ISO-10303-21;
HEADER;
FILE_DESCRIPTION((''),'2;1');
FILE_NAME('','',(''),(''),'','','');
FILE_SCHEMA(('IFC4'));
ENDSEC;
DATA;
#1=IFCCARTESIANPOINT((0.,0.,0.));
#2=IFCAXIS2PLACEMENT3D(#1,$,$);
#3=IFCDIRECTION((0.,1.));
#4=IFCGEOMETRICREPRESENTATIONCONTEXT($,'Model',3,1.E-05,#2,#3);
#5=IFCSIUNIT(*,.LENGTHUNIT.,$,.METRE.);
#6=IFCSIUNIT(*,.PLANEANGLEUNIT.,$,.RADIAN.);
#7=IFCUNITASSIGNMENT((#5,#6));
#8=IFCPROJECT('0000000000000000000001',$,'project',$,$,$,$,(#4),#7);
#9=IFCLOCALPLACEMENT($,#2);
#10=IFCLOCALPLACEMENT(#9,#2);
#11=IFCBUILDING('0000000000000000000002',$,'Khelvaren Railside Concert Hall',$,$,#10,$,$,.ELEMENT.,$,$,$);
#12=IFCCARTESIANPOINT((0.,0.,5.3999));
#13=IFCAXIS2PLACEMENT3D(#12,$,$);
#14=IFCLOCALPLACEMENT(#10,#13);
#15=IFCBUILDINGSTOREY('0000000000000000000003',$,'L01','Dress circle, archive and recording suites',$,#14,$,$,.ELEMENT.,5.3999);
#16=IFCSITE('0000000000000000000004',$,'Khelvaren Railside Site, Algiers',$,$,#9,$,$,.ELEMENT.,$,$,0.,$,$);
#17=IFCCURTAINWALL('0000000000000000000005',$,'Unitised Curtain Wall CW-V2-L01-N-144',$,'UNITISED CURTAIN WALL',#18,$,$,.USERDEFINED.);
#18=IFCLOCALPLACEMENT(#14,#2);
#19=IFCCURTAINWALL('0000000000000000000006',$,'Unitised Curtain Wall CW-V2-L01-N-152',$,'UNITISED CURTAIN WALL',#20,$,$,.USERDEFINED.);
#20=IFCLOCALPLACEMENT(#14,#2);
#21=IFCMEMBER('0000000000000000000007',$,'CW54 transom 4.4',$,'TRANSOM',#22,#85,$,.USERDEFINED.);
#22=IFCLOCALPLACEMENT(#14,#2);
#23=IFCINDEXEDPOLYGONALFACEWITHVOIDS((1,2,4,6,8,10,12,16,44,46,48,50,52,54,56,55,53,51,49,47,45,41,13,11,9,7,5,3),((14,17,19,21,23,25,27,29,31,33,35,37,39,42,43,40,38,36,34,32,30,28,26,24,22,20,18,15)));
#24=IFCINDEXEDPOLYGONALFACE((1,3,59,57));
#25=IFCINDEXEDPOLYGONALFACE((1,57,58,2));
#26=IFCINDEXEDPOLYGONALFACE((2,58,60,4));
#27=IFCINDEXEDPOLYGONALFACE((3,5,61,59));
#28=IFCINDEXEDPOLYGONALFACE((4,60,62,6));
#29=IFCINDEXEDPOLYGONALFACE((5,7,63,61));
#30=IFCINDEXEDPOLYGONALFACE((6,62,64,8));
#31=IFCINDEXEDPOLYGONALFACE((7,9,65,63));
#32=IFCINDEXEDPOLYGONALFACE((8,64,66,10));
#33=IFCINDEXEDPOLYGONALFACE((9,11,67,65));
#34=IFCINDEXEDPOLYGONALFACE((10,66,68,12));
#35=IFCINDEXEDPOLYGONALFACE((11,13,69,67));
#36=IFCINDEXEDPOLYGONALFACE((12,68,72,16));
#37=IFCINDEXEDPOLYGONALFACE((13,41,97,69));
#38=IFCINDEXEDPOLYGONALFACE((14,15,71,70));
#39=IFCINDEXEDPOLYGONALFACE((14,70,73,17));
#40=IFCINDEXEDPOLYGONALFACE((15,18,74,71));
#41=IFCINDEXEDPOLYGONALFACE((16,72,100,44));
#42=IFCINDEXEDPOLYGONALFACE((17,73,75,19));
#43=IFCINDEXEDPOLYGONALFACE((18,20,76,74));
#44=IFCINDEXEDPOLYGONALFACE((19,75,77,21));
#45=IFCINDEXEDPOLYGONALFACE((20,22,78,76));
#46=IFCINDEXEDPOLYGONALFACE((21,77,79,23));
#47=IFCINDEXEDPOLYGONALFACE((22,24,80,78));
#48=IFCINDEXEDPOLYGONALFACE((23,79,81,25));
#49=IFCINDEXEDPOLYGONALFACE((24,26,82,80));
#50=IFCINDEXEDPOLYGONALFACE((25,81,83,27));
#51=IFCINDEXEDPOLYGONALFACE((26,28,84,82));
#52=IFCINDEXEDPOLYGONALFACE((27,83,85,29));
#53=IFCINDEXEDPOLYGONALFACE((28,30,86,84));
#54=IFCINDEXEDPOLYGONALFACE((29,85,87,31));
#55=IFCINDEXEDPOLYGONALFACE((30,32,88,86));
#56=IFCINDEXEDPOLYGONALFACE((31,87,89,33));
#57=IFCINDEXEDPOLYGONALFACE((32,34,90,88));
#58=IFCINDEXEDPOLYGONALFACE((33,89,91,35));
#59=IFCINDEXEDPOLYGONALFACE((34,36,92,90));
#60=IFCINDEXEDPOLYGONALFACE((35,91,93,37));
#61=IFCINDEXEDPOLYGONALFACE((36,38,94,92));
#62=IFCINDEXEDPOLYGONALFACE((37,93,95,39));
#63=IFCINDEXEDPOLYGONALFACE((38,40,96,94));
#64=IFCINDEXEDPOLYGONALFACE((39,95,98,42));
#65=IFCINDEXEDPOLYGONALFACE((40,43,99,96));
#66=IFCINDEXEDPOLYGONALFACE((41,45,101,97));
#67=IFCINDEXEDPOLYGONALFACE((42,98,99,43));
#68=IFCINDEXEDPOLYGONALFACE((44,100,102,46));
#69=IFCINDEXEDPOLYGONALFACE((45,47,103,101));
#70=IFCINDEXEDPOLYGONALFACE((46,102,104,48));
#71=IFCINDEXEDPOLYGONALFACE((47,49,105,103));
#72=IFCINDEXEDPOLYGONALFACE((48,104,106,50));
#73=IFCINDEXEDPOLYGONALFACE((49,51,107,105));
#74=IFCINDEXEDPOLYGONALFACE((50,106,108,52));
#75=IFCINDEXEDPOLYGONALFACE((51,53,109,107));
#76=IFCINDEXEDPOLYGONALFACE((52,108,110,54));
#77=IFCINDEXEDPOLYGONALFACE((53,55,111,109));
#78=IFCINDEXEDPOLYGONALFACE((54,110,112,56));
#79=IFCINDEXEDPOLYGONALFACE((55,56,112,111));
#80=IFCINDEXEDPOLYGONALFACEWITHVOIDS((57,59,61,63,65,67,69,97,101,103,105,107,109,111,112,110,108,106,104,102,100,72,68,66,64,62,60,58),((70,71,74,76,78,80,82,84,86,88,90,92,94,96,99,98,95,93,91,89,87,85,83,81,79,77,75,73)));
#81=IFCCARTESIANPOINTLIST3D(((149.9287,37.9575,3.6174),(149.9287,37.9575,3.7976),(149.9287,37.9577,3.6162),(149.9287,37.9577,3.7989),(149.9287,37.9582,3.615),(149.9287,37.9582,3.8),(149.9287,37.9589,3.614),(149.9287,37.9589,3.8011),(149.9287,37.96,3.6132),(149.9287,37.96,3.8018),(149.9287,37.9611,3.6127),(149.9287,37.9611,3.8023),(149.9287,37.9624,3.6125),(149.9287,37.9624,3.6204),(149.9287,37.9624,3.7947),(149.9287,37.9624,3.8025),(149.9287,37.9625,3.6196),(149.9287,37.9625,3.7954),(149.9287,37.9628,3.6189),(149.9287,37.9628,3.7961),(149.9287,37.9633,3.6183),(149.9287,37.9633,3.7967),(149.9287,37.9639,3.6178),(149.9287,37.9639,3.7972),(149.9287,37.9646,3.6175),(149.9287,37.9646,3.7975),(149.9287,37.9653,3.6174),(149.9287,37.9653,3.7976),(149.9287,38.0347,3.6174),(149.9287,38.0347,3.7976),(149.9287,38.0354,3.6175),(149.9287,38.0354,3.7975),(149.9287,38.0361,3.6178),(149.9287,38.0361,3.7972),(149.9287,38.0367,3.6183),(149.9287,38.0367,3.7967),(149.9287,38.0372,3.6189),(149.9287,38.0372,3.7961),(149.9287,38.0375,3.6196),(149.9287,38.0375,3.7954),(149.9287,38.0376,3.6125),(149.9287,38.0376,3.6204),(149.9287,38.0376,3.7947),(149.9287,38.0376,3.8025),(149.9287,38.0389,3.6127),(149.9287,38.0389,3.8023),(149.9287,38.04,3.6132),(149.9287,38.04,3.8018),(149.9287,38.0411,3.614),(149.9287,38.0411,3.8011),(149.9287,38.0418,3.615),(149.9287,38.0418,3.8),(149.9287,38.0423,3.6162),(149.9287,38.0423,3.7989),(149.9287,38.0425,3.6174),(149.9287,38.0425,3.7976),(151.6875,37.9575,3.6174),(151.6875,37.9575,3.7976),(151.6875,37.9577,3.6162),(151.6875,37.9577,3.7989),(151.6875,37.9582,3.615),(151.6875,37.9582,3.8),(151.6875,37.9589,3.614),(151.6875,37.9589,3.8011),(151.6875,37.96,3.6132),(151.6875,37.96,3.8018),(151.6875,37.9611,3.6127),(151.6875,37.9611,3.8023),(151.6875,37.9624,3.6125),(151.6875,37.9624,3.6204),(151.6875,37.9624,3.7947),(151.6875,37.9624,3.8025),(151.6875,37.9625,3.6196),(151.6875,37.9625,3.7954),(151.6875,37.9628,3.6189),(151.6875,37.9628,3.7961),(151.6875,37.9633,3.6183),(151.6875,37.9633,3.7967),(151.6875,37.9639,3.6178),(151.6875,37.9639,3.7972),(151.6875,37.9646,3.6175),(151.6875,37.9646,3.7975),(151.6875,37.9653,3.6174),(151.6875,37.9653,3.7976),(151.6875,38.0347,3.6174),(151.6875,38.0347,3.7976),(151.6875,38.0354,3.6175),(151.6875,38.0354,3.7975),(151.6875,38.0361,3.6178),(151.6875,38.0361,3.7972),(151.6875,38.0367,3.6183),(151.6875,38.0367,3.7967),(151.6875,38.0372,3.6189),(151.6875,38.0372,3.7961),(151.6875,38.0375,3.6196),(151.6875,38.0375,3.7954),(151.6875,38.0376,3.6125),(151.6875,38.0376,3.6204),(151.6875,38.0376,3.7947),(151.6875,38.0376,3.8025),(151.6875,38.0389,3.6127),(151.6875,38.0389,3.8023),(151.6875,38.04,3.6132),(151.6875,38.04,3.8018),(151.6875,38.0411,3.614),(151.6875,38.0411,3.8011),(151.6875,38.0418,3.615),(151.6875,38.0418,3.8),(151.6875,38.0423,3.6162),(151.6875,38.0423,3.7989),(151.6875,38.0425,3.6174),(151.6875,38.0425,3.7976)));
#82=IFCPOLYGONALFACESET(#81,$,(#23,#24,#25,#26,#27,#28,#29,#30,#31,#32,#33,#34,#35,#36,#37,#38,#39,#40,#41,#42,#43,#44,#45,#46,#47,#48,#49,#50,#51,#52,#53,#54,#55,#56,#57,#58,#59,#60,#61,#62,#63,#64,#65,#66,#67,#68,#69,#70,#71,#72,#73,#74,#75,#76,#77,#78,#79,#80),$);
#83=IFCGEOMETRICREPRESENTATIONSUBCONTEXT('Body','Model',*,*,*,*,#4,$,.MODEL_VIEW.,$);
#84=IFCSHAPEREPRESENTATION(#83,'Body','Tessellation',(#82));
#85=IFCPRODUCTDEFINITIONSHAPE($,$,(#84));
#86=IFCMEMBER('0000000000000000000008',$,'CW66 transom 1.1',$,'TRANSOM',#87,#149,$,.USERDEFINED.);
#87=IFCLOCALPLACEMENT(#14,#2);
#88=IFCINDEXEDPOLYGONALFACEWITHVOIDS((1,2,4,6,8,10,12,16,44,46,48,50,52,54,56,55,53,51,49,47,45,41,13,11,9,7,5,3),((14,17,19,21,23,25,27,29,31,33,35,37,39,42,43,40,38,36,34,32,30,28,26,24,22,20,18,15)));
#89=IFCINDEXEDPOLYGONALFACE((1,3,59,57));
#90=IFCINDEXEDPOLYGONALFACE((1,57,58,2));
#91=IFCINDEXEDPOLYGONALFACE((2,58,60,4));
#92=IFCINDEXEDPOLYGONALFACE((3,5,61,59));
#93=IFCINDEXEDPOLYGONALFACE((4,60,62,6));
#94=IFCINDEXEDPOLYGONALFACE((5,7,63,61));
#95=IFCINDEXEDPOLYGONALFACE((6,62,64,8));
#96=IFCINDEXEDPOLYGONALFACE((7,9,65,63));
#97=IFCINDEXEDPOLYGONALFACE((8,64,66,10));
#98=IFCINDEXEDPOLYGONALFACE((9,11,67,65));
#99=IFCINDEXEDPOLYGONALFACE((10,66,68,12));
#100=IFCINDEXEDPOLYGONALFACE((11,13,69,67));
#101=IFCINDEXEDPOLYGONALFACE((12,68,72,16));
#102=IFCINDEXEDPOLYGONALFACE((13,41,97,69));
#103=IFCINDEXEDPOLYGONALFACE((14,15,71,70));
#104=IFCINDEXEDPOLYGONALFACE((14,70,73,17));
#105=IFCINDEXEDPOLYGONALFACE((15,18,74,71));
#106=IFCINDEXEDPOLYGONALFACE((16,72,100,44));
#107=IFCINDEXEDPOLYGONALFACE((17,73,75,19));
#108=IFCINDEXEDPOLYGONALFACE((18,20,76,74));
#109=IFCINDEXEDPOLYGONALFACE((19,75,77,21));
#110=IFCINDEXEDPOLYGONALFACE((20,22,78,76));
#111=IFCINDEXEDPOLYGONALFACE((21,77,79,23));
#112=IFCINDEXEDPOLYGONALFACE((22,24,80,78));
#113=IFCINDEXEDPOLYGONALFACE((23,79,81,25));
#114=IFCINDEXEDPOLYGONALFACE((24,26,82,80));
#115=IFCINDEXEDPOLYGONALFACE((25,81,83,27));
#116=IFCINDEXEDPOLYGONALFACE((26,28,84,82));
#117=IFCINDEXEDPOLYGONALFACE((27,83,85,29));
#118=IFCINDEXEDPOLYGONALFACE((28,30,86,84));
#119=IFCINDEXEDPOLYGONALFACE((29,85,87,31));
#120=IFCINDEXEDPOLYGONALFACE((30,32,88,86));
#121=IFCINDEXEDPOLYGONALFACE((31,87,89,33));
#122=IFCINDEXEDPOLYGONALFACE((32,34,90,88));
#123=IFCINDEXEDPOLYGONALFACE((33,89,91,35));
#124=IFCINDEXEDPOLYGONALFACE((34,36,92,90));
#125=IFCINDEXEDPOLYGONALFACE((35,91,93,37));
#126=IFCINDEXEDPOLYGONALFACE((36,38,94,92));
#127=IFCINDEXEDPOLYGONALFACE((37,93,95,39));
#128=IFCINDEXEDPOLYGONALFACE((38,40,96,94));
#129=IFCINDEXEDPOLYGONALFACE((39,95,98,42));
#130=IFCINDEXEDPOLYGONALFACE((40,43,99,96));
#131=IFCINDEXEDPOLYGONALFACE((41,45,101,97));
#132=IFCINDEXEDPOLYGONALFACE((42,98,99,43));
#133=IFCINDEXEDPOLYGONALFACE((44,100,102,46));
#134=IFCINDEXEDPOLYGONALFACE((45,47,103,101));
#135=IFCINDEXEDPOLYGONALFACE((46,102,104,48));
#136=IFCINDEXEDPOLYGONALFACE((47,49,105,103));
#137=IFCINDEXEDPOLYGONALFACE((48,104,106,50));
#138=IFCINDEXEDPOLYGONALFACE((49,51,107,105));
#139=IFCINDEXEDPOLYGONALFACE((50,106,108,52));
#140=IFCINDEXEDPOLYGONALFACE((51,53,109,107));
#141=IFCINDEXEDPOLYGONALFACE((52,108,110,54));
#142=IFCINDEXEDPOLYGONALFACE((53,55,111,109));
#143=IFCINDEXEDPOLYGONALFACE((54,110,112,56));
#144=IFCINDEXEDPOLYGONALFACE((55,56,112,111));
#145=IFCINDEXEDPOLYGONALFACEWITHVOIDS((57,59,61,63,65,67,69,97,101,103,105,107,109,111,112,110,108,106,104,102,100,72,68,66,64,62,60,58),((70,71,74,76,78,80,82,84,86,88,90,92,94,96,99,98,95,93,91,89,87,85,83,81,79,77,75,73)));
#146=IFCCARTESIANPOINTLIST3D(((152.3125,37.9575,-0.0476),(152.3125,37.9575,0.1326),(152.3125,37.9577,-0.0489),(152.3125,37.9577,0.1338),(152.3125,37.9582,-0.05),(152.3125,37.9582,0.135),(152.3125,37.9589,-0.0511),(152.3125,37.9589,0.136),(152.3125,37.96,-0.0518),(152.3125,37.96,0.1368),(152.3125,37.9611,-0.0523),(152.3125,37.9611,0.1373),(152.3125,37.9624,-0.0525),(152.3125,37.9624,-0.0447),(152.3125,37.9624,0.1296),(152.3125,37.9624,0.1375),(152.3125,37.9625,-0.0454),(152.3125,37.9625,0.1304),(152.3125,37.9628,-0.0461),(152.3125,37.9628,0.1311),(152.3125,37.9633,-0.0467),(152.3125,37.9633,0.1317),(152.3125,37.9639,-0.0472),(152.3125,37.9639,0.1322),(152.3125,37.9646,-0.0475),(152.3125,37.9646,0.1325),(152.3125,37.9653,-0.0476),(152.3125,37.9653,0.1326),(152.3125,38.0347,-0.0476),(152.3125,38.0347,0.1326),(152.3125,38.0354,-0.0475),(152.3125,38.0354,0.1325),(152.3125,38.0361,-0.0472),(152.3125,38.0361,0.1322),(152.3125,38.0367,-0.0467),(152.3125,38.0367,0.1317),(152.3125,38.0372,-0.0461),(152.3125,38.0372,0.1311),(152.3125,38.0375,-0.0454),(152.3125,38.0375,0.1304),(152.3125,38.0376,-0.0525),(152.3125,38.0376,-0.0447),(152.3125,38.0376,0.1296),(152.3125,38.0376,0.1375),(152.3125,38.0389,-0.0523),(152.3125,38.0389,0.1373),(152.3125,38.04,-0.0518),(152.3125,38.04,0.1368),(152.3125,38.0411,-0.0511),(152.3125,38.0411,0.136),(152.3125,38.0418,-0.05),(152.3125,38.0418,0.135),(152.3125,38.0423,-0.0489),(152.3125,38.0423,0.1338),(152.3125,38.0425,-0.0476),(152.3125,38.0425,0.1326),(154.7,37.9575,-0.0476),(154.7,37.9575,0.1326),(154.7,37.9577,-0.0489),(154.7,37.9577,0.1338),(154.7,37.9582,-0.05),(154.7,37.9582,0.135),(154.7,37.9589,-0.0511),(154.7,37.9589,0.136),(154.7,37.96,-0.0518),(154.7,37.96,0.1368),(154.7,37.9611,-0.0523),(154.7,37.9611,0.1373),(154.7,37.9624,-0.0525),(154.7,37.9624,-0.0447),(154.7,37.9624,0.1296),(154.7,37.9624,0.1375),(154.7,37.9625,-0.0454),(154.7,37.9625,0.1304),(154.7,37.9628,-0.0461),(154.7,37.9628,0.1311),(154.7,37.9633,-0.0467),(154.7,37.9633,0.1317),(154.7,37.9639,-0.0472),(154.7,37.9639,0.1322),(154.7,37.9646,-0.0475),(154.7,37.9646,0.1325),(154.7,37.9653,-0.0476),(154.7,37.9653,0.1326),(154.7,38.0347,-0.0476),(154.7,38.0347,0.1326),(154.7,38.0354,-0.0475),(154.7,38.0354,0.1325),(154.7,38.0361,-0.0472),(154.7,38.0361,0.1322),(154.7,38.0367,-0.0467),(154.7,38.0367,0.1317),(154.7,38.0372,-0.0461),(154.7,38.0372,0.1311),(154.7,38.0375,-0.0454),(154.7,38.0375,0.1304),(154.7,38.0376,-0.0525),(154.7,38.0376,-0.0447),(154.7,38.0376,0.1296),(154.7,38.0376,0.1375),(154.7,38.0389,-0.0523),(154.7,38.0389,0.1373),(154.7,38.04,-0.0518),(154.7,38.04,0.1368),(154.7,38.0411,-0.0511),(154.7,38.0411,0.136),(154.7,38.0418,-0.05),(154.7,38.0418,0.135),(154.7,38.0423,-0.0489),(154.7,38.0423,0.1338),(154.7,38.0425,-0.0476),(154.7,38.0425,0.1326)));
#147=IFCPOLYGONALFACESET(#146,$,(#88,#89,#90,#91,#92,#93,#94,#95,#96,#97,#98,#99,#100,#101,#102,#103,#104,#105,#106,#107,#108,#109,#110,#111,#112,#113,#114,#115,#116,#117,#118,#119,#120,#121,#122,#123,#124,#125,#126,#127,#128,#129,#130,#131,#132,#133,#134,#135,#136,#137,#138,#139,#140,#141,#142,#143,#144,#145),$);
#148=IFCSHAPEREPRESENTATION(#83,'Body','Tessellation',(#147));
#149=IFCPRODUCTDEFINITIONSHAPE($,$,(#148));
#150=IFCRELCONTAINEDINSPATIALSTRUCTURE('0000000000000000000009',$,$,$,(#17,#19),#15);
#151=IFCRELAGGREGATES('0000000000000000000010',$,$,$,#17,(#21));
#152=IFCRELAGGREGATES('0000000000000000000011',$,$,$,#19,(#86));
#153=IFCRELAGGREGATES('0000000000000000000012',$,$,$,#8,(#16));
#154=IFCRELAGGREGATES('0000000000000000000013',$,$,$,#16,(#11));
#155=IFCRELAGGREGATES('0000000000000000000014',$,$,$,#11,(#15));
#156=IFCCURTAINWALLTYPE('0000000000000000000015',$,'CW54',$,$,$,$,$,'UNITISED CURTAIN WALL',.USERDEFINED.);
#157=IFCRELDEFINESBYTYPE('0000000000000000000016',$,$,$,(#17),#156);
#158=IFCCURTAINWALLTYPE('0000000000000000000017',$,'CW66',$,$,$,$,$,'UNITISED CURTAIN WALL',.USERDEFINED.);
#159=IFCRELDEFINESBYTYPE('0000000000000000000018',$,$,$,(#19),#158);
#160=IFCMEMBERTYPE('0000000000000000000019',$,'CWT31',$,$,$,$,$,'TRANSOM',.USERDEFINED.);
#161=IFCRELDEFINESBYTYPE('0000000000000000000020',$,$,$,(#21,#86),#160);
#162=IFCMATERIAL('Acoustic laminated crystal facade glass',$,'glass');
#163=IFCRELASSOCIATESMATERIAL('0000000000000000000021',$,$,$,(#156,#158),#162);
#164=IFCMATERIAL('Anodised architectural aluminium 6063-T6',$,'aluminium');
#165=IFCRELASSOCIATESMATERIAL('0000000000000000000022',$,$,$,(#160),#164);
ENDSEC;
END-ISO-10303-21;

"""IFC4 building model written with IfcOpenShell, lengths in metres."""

from ifc_helpers import new_model, si_unit, direction, frame, origin, origin_2d, place, context, subcontext, project, spatial, hollow_rectangle, extrude, material, material_profile, profile_set, type_object, element, aggregate, save


model = new_model("IFC4")

# Units and contexts
model_context = context("Model", 3, precision=1e-05, world=origin(), true_north=direction((0.0, 1.0)))
body_context = subcontext(model_context, "Body", "Model", "MODEL_VIEW")
ifc_project = project(units=[si_unit("LENGTHUNIT", "METRE"), si_unit("PLANEANGLEUNIT", "RADIAN")], contexts=[model_context])

# Site, building, storey
site_placement = place(None, origin())
site = spatial("IfcSite", under=ifc_project, at=site_placement, Name="Khelvaren Railside Site, Algiers", CompositionType="ELEMENT", RefElevation=0.0)
building_placement = place(site_placement, origin())
building = spatial("IfcBuilding", under=site, at=building_placement, Name="Khelvaren Railside Concert Hall", CompositionType="ELEMENT")
storey_placement = place(building_placement, frame((0.0, 0.0, 5.3999)))
storey = spatial("IfcBuildingStorey", under=building, at=storey_placement, Name="L01", Description="Dress circle, archive and recording suites", CompositionType="ELEMENT", Elevation=5.3999)

# Curtain wall
ifc_material_1 = material(Name="Acoustic laminated crystal facade glass", Category="glass")
curtain_wall_type_1 = type_object("IfcCurtainWallType", Name="CW54", ElementType="UNITISED CURTAIN WALL", PredefinedType="USERDEFINED", material=ifc_material_1)
curtain_wall_1_placement = place(storey_placement, origin())
curtain_wall_1 = element("IfcCurtainWall", 1, at=curtain_wall_1_placement, inside=storey, type_object=curtain_wall_type_1, Name="Unitised Curtain Wall CW-V2-L01-N-144", ObjectType="UNITISED CURTAIN WALL", PredefinedType="USERDEFINED")
ifc_material_2 = material(Name="Anodised architectural aluminium 6063-T6", Category="aluminium")

# Curtain wall
curtain_wall_type_2 = type_object("IfcCurtainWallType", Name="CW66", ElementType="UNITISED CURTAIN WALL", PredefinedType="USERDEFINED", material=ifc_material_1)
curtain_wall_2_placement = place(storey_placement, origin())
curtain_wall_2 = element("IfcCurtainWall", 2, at=curtain_wall_2_placement, inside=storey, type_object=curtain_wall_type_2, Name="Unitised Curtain Wall CW-V2-L01-N-152", ObjectType="UNITISED CURTAIN WALL", PredefinedType="USERDEFINED")

# Members
ifc_material_profile_1 = material_profile(ifc_material_2, hollow_rectangle(XDim=0.085, YDim=0.1899, WallThickness=0.0049, InnerFilletRadius=0.0029, OuterFilletRadius=0.0049, at=origin_2d()), Name="CWT 85x190x5")
ifc_profile_set_1 = profile_set([ifc_material_profile_1], Name="Anodised architectural aluminium 6063-T6")
member_type_1 = type_object("IfcMemberType", Name="CWT31", ElementType="TRANSOM", PredefinedType="USERDEFINED", material=ifc_profile_set_1)
member_1_placement = place(storey_placement, frame((149.9287, 38.0, 3.7075), z_axis=(1.0, 0.0, 0.0), x_axis=(0.0, 1.0, 0.0)))
member_1 = element("IfcMember", 3, at=member_1_placement, type_object=member_type_1, Name="CW54 transom 4.4", ObjectType="TRANSOM", PredefinedType="USERDEFINED", context=body_context, shape_type="SweptSolid", body=[
    extrude(hollow_rectangle(XDim=0.085, YDim=0.1899, WallThickness=0.0049, InnerFilletRadius=0.0029, OuterFilletRadius=0.0049, at=origin_2d()), origin(), (0.0, 0.0, 1.0), 1.7588),
])
member_2_placement = place(storey_placement, frame((152.3125, 38.0, 0.0425), z_axis=(1.0, 0.0, 0.0), x_axis=(0.0, 1.0, 0.0)))
member_2 = element("IfcMember", 4, at=member_2_placement, type_object=member_type_1, Name="CW66 transom 1.1", ObjectType="TRANSOM", PredefinedType="USERDEFINED", context=body_context, shape_type="SweptSolid", body=[
    extrude(hollow_rectangle(XDim=0.085, YDim=0.1899, WallThickness=0.0049, InnerFilletRadius=0.0029, OuterFilletRadius=0.0049, at=origin_2d()), origin(), (0.0, 0.0, 1.0), 2.3875),
])

aggregate(curtain_wall_1, [member_1])
aggregate(curtain_wall_2, [member_2])

save(model, "model.ifc")
